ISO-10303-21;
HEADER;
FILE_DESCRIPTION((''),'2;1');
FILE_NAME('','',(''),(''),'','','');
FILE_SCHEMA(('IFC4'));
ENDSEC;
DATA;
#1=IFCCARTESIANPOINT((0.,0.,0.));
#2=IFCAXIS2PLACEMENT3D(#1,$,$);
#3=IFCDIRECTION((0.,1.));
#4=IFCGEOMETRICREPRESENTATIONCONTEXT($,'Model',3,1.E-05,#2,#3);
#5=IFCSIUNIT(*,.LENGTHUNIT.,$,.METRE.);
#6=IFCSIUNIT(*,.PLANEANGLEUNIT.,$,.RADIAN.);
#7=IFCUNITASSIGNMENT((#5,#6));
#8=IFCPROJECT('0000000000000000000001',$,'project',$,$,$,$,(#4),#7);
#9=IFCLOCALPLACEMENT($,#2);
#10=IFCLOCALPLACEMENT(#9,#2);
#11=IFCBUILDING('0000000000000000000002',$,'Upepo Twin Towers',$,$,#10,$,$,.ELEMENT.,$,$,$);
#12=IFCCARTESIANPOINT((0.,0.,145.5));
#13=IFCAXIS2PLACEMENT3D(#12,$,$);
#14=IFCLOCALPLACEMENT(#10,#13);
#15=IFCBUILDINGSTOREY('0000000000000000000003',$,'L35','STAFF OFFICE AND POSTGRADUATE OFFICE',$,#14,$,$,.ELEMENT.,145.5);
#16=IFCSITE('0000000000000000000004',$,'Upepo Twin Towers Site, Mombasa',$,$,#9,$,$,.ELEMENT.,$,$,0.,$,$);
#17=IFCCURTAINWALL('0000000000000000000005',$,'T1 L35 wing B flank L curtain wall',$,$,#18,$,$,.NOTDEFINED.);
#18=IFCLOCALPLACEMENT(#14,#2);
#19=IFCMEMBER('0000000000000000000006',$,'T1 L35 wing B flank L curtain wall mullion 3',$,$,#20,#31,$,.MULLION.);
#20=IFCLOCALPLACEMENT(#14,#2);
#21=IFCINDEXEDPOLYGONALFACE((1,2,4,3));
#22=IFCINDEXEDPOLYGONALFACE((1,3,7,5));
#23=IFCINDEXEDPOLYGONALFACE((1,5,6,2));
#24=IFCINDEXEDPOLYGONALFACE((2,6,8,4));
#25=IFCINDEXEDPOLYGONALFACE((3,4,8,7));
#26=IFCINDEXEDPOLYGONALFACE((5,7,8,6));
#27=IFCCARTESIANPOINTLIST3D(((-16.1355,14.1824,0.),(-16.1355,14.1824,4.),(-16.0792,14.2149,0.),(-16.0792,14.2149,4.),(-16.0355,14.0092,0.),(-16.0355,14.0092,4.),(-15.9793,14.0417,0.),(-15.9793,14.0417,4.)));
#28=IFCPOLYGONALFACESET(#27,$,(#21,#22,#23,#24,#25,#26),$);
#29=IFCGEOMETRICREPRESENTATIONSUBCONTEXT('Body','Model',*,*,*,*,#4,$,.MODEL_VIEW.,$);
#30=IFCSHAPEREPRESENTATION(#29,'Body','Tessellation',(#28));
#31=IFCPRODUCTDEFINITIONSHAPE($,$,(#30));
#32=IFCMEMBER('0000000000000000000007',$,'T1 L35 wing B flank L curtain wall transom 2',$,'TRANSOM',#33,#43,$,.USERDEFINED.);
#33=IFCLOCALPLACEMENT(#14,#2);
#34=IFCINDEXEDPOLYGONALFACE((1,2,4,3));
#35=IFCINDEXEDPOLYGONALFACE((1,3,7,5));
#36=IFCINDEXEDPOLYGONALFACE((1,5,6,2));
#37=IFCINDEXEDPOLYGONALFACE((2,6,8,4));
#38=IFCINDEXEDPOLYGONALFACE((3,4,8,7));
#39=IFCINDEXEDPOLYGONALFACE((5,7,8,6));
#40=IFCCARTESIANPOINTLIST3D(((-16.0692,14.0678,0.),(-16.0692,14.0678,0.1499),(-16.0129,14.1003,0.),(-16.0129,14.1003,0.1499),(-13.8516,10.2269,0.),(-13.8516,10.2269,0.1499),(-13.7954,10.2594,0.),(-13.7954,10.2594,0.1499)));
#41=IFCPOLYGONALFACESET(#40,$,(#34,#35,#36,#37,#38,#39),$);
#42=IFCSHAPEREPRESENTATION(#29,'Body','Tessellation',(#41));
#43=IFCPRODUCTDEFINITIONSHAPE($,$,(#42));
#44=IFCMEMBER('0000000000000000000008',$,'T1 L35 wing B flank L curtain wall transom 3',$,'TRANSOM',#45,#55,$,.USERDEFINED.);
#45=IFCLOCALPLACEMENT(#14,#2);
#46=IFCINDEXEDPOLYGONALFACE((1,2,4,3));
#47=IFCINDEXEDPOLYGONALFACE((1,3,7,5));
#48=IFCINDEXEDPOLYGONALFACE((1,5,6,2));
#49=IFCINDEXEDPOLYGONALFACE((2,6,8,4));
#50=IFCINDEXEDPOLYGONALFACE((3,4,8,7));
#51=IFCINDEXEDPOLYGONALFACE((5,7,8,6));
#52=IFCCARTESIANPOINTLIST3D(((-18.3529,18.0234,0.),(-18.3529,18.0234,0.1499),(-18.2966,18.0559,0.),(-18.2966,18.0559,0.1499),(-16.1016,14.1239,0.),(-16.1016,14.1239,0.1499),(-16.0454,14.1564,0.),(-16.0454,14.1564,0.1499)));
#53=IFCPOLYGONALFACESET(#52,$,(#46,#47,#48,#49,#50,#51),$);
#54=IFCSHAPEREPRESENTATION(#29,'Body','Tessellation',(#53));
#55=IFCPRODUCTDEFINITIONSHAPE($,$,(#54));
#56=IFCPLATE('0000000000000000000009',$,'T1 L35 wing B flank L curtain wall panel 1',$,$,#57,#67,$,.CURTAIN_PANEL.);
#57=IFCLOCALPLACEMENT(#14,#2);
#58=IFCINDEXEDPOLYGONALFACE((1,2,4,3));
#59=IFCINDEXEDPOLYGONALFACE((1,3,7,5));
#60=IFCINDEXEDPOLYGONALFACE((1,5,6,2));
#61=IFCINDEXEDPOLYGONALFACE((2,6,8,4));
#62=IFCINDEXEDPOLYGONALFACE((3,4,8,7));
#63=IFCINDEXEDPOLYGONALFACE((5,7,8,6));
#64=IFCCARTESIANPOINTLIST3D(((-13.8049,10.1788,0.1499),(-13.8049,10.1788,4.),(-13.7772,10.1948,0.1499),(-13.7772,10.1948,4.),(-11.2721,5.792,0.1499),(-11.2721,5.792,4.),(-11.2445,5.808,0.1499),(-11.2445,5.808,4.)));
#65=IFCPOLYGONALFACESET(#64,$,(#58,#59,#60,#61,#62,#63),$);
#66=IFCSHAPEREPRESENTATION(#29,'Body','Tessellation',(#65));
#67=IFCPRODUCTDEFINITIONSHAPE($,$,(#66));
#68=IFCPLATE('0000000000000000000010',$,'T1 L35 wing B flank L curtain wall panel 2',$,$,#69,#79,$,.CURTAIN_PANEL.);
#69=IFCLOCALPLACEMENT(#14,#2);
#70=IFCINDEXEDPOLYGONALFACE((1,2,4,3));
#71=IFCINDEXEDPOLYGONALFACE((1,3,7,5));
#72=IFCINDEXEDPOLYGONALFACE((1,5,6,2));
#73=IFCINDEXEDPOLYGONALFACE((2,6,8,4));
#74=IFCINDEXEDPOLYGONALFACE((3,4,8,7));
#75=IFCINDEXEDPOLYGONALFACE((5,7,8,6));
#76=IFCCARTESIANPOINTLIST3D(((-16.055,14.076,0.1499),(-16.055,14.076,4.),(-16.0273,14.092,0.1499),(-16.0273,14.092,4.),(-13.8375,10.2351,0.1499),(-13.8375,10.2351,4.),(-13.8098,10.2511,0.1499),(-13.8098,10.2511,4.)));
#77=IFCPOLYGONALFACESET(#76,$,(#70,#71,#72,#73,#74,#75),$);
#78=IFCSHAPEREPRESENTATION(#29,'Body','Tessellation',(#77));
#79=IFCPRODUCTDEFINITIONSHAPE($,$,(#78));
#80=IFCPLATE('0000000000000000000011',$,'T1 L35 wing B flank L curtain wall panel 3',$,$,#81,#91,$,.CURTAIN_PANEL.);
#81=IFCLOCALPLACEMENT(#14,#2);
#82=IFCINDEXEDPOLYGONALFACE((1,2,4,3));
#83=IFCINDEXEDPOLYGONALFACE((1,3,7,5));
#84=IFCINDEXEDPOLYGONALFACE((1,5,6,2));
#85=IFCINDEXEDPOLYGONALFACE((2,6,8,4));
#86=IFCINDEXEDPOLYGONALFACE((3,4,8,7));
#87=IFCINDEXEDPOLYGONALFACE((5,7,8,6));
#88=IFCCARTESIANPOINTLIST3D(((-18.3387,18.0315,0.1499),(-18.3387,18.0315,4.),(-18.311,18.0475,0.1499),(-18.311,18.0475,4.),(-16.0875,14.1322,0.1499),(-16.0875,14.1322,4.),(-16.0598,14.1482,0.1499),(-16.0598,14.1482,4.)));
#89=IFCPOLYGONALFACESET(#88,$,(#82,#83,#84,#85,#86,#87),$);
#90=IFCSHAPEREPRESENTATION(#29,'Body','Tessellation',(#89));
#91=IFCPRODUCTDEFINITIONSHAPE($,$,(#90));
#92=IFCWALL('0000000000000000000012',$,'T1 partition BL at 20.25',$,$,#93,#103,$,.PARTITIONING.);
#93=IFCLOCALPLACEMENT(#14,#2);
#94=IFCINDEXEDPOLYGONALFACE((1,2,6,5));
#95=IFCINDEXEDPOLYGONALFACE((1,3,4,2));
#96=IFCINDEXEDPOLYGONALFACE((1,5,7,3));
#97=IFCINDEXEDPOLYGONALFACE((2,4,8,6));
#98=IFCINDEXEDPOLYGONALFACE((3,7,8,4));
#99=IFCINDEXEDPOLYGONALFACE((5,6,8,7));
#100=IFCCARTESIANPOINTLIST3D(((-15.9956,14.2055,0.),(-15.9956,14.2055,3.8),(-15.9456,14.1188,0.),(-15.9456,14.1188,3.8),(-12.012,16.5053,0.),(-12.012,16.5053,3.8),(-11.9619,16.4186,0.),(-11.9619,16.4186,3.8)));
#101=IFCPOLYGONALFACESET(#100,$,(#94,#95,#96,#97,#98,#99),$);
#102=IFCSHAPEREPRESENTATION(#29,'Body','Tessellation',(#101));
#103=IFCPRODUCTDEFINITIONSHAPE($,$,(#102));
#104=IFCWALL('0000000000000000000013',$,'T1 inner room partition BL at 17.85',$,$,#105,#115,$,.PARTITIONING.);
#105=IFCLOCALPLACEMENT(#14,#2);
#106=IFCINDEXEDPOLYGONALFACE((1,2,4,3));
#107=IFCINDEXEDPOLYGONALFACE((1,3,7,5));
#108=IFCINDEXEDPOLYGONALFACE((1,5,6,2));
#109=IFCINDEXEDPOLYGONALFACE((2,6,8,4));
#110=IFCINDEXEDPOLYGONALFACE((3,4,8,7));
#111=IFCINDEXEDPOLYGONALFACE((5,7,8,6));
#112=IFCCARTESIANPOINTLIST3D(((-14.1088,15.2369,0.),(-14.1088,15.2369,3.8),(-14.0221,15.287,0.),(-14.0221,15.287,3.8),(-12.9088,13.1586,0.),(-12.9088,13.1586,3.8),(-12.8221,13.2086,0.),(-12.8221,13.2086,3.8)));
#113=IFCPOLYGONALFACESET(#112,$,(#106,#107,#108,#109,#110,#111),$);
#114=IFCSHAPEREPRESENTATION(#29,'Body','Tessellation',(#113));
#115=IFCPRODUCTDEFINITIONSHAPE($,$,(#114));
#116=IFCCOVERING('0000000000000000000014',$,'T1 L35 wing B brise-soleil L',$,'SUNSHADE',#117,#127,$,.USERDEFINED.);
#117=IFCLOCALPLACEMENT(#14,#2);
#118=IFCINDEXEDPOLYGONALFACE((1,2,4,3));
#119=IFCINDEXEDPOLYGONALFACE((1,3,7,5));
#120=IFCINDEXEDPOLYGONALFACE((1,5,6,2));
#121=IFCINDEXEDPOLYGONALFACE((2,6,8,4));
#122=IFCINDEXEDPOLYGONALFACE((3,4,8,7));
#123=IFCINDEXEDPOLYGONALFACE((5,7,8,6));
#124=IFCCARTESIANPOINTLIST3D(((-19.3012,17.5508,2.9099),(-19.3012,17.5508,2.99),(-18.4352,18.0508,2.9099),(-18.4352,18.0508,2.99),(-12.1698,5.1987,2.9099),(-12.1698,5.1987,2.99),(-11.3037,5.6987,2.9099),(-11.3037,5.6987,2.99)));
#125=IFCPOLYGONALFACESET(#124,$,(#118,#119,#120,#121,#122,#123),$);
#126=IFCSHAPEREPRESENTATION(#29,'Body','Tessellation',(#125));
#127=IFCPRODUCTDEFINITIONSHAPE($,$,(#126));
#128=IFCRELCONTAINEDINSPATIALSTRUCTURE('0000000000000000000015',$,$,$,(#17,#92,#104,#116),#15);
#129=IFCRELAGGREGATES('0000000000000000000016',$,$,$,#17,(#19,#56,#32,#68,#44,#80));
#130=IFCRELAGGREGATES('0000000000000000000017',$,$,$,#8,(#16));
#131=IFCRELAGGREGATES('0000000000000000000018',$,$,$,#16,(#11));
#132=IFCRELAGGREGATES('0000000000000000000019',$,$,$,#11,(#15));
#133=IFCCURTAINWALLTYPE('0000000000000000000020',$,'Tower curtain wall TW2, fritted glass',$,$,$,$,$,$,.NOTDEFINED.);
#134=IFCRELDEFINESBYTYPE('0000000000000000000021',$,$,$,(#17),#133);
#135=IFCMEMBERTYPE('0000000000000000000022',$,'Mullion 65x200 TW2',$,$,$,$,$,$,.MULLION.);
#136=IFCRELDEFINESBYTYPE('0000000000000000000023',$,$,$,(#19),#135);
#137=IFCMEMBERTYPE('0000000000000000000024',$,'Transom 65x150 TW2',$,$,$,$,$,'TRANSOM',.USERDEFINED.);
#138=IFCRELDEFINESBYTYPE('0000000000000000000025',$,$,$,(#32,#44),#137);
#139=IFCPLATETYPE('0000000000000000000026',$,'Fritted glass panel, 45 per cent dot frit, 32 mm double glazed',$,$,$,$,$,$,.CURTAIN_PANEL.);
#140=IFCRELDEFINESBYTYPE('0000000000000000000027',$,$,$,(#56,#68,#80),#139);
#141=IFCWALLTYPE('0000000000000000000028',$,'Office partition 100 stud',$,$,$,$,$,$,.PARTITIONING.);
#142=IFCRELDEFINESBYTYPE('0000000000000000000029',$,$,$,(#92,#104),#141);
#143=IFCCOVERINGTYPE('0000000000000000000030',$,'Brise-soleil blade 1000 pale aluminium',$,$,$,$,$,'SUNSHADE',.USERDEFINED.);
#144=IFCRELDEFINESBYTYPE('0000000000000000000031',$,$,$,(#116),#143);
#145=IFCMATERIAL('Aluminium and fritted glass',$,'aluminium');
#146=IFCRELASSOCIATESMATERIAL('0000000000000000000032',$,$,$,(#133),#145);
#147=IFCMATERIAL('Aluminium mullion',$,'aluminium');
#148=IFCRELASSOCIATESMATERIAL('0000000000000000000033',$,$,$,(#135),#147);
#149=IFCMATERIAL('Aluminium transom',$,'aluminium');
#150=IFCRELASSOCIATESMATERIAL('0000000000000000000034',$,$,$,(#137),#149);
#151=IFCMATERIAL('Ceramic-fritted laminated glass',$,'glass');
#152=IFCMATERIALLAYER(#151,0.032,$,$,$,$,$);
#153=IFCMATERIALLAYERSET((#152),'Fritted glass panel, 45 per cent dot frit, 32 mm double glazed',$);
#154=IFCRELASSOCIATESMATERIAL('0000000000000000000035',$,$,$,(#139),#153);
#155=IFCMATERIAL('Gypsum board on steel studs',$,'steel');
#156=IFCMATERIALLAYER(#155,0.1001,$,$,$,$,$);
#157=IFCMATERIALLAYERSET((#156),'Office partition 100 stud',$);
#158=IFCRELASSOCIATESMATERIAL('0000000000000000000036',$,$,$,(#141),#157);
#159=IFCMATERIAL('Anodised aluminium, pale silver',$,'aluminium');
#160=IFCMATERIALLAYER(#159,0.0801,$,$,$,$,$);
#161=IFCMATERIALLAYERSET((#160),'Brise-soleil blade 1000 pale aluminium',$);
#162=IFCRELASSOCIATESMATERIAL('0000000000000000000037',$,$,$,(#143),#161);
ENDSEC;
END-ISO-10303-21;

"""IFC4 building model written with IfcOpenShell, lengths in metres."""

from ifc_helpers import new_model, si_unit, direction, frame, frame_2d, origin, origin_2d, place, context, subcontext, project, spatial, rectangle, extrude, material, layer, layer_set, material_profile, profile_set, type_object, element, aggregate, save


model = new_model("IFC4")

# Units and contexts
model_context = context("Model", 3, precision=1e-05, world=origin(), true_north=direction((0.0, 1.0)))
body_context = subcontext(model_context, "Body", "Model", "MODEL_VIEW")
ifc_project = project(units=[si_unit("LENGTHUNIT", "METRE"), si_unit("PLANEANGLEUNIT", "RADIAN")], contexts=[model_context])

# Site, building, storey
site_placement = place(None, origin())
site = spatial("IfcSite", under=ifc_project, at=site_placement, Name="Upepo Twin Towers Site, Mombasa", CompositionType="ELEMENT", RefElevation=0.0)
building_placement = place(site_placement, origin())
building = spatial("IfcBuilding", under=site, at=building_placement, Name="Upepo Twin Towers", CompositionType="ELEMENT")
storey_placement = place(building_placement, frame((0.0, 0.0, 145.5)))
storey = spatial("IfcBuildingStorey", under=building, at=storey_placement, Name="L35", Description="STAFF OFFICE AND POSTGRADUATE OFFICE", CompositionType="ELEMENT", Elevation=145.5)

# Curtain wall, members, plates
ifc_material_1 = material(Name="Aluminium and fritted glass", Category="aluminium")
curtain_wall_type = type_object("IfcCurtainWallType", Name="Tower curtain wall TW2, fritted glass", PredefinedType="NOTDEFINED", material=ifc_material_1)
curtain_wall_placement = place(storey_placement, origin())
curtain_wall = element("IfcCurtainWall", 1, at=curtain_wall_placement, inside=storey, type_object=curtain_wall_type, Name="T1 L35 wing B flank L curtain wall", PredefinedType="NOTDEFINED")
ifc_material_2 = material(Name="Aluminium mullion", Category="aluminium")
ifc_material_profile_1 = material_profile(ifc_material_2, rectangle(XDim=0.0649, YDim=0.2, at=origin_2d()), Name="MULLION 65x200")
ifc_profile_set_1 = profile_set([ifc_material_profile_1], Name="Aluminium mullion")
member_type_1 = type_object("IfcMemberType", Name="Mullion 65x200 TW2", PredefinedType="MULLION", material=ifc_profile_set_1)
member_1_placement = place(storey_placement, frame((-16.0574, 14.1121, 0.0), z_axis=(0.0, 0.0, 1.0), x_axis=(-0.866025, -0.5, 0.0)))
member_1 = element("IfcMember", 2, at=member_1_placement, type_object=member_type_1, Name="T1 L35 wing B flank L curtain wall mullion 3", PredefinedType="MULLION", context=body_context, shape_type="SweptSolid", body=[
    extrude(rectangle(XDim=0.0649, YDim=0.2, at=origin_2d()), origin(), (0.0, 0.0, 1.0), 4.0),
])
ifc_material_3 = material(Name="Aluminium transom", Category="aluminium")
ifc_material_profile_2 = material_profile(ifc_material_3, rectangle(XDim=0.0649, YDim=0.1499, at=origin_2d()), Name="TRANSOM 65x150")
ifc_profile_set_2 = profile_set([ifc_material_profile_2], Name="Aluminium transom")
member_type_2 = type_object("IfcMemberType", Name="Transom 65x150 TW2", ElementType="TRANSOM", PredefinedType="USERDEFINED", material=ifc_profile_set_2)
member_2_placement = place(storey_placement, frame((-13.8235, 10.2432, 0.075), z_axis=(-0.500005, 0.866022, 0.0), x_axis=(-0.866022, -0.500005, 0.0)))
member_2 = element("IfcMember", 3, at=member_2_placement, type_object=member_type_2, Name="T1 L35 wing B flank L curtain wall transom 2", ObjectType="TRANSOM", PredefinedType="USERDEFINED", context=body_context, shape_type="SweptSolid", body=[
    extrude(rectangle(XDim=0.0649, YDim=0.1499, at=origin_2d()), origin(), (0.0, 0.0, 1.0), 4.4351),
])
member_3_placement = place(storey_placement, frame((-16.0735, 14.1401, 0.075), z_axis=(-0.499982, 0.866036, 0.0), x_axis=(-0.866036, -0.499982, 0.0)))
member_3 = element("IfcMember", 4, at=member_3_placement, type_object=member_type_2, Name="T1 L35 wing B flank L curtain wall transom 3", ObjectType="TRANSOM", PredefinedType="USERDEFINED", context=body_context, shape_type="SweptSolid", body=[
    extrude(rectangle(XDim=0.0649, YDim=0.1499, at=origin_2d()), origin(), (0.0, 0.0, 1.0), 4.5027),
])
ifc_material_4 = material(Name="Ceramic-fritted laminated glass", Category="glass")
ifc_layer_1 = layer(ifc_material_4, 0.032)
ifc_layer_set_1 = layer_set([ifc_layer_1], Name="Fritted glass panel, 45 per cent dot frit, 32 mm double glazed")
plate_type = type_object("IfcPlateType", Name="Fritted glass panel, 45 per cent dot frit, 32 mm double glazed", PredefinedType="CURTAIN_PANEL", material=ifc_layer_set_1)
plate_1_placement = place(storey_placement, frame((-12.5247, 7.9934, 0.1499), z_axis=(0.0, 0.0, 1.0), x_axis=(-0.5, 0.866025, 0.0)))
plate_1 = element("IfcPlate", 5, at=plate_1_placement, type_object=plate_type, Name="T1 L35 wing B flank L curtain wall panel 1", PredefinedType="CURTAIN_PANEL", context=body_context, shape_type="SweptSolid", body=[
    extrude(rectangle(XDim=5.0654, YDim=0.032, at=origin_2d()), origin(), (0.0, 0.0, 1.0), 3.8501),
])
plate_2_placement = place(storey_placement, frame((-14.9324, 12.1636, 0.1499), z_axis=(0.0, 0.0, 1.0), x_axis=(-0.5, 0.866025, 0.0)))
plate_2 = element("IfcPlate", 6, at=plate_2_placement, type_object=plate_type, Name="T1 L35 wing B flank L curtain wall panel 2", PredefinedType="CURTAIN_PANEL", context=body_context, shape_type="SweptSolid", body=[
    extrude(rectangle(XDim=4.4351, YDim=0.032, at=origin_2d()), origin(), (0.0, 0.0, 1.0), 3.8501),
])
plate_3_placement = place(storey_placement, frame((-17.1992, 16.0898, 0.1499), z_axis=(0.0, 0.0, 1.0), x_axis=(-0.5, 0.866025, 0.0)))
plate_3 = element("IfcPlate", 7, at=plate_3_placement, type_object=plate_type, Name="T1 L35 wing B flank L curtain wall panel 3", PredefinedType="CURTAIN_PANEL", context=body_context, shape_type="SweptSolid", body=[
    extrude(rectangle(XDim=4.5024, YDim=0.032, at=origin_2d()), origin(), (0.0, 0.0, 1.0), 3.8501),
])
aggregate(curtain_wall, [member_1, plate_1, member_2, plate_2, member_3, plate_3])

# Walls
ifc_material_5 = material(Name="Gypsum board on steel studs", Category="steel")
ifc_layer_2 = layer(ifc_material_5, 0.1001)
ifc_layer_set_2 = layer_set([ifc_layer_2], Name="Office partition 100 stud")
wall_type = type_object("IfcWallType", Name="Office partition 100 stud", PredefinedType="PARTITIONING", material=ifc_layer_set_2)
wall_1_placement = place(storey_placement, frame((-11.9871, 16.4619, 0.0), z_axis=(0.0, 0.0, 1.0), x_axis=(-0.86604, -0.499975, 0.0)))
element("IfcWall", 8, at=wall_1_placement, inside=storey, type_object=wall_type, Name="T1 partition BL at 20.25", PredefinedType="PARTITIONING", context=body_context, shape_type="SweptSolid", body=[
    extrude(rectangle(XDim=4.5999, YDim=0.1001, at=frame_2d((2.2998, 0.0))), origin(), (0.0, 0.0, 1.0), 3.8),
])
wall_2_placement = place(storey_placement, frame((-12.8655, 13.1836, 0.0), z_axis=(0.0, 0.0, 1.0), x_axis=(-0.500001, 0.866025, 0.0)))
element("IfcWall", 9, at=wall_2_placement, inside=storey, type_object=wall_type, Name="T1 inner room partition BL at 17.85", PredefinedType="PARTITIONING", context=body_context, shape_type="SweptSolid", body=[
    extrude(rectangle(XDim=2.3999, YDim=0.1001, at=frame_2d((1.2, 0.0))), origin(), (0.0, 0.0, 1.0), 3.8),
])

# Covering
ifc_material_6 = material(Name="Anodised aluminium, pale silver", Category="aluminium")
ifc_layer_3 = layer(ifc_material_6, 0.0801)
ifc_layer_set_3 = layer_set([ifc_layer_3], Name="Brise-soleil blade 1000 pale aluminium")
covering_type = type_object("IfcCoveringType", Name="Brise-soleil blade 1000 pale aluminium", ElementType="SUNSHADE", PredefinedType="USERDEFINED", material=ifc_layer_set_3)
covering_placement = place(storey_placement, frame((-15.3025, 11.6248, 2.9099), z_axis=(0.0, 0.0, 1.0), x_axis=(-0.5, 0.866025, 0.0)))
element("IfcCovering", 10, at=covering_placement, inside=storey, type_object=covering_type, Name="T1 L35 wing B brise-soleil L", ObjectType="SUNSHADE", PredefinedType="USERDEFINED", context=body_context, shape_type="SweptSolid", body=[
    extrude(rectangle(XDim=14.2629, YDim=1.0, at=origin_2d()), origin(), (0.0, 0.0, 1.0), 0.0801),
])

save(model, "model.ifc")
